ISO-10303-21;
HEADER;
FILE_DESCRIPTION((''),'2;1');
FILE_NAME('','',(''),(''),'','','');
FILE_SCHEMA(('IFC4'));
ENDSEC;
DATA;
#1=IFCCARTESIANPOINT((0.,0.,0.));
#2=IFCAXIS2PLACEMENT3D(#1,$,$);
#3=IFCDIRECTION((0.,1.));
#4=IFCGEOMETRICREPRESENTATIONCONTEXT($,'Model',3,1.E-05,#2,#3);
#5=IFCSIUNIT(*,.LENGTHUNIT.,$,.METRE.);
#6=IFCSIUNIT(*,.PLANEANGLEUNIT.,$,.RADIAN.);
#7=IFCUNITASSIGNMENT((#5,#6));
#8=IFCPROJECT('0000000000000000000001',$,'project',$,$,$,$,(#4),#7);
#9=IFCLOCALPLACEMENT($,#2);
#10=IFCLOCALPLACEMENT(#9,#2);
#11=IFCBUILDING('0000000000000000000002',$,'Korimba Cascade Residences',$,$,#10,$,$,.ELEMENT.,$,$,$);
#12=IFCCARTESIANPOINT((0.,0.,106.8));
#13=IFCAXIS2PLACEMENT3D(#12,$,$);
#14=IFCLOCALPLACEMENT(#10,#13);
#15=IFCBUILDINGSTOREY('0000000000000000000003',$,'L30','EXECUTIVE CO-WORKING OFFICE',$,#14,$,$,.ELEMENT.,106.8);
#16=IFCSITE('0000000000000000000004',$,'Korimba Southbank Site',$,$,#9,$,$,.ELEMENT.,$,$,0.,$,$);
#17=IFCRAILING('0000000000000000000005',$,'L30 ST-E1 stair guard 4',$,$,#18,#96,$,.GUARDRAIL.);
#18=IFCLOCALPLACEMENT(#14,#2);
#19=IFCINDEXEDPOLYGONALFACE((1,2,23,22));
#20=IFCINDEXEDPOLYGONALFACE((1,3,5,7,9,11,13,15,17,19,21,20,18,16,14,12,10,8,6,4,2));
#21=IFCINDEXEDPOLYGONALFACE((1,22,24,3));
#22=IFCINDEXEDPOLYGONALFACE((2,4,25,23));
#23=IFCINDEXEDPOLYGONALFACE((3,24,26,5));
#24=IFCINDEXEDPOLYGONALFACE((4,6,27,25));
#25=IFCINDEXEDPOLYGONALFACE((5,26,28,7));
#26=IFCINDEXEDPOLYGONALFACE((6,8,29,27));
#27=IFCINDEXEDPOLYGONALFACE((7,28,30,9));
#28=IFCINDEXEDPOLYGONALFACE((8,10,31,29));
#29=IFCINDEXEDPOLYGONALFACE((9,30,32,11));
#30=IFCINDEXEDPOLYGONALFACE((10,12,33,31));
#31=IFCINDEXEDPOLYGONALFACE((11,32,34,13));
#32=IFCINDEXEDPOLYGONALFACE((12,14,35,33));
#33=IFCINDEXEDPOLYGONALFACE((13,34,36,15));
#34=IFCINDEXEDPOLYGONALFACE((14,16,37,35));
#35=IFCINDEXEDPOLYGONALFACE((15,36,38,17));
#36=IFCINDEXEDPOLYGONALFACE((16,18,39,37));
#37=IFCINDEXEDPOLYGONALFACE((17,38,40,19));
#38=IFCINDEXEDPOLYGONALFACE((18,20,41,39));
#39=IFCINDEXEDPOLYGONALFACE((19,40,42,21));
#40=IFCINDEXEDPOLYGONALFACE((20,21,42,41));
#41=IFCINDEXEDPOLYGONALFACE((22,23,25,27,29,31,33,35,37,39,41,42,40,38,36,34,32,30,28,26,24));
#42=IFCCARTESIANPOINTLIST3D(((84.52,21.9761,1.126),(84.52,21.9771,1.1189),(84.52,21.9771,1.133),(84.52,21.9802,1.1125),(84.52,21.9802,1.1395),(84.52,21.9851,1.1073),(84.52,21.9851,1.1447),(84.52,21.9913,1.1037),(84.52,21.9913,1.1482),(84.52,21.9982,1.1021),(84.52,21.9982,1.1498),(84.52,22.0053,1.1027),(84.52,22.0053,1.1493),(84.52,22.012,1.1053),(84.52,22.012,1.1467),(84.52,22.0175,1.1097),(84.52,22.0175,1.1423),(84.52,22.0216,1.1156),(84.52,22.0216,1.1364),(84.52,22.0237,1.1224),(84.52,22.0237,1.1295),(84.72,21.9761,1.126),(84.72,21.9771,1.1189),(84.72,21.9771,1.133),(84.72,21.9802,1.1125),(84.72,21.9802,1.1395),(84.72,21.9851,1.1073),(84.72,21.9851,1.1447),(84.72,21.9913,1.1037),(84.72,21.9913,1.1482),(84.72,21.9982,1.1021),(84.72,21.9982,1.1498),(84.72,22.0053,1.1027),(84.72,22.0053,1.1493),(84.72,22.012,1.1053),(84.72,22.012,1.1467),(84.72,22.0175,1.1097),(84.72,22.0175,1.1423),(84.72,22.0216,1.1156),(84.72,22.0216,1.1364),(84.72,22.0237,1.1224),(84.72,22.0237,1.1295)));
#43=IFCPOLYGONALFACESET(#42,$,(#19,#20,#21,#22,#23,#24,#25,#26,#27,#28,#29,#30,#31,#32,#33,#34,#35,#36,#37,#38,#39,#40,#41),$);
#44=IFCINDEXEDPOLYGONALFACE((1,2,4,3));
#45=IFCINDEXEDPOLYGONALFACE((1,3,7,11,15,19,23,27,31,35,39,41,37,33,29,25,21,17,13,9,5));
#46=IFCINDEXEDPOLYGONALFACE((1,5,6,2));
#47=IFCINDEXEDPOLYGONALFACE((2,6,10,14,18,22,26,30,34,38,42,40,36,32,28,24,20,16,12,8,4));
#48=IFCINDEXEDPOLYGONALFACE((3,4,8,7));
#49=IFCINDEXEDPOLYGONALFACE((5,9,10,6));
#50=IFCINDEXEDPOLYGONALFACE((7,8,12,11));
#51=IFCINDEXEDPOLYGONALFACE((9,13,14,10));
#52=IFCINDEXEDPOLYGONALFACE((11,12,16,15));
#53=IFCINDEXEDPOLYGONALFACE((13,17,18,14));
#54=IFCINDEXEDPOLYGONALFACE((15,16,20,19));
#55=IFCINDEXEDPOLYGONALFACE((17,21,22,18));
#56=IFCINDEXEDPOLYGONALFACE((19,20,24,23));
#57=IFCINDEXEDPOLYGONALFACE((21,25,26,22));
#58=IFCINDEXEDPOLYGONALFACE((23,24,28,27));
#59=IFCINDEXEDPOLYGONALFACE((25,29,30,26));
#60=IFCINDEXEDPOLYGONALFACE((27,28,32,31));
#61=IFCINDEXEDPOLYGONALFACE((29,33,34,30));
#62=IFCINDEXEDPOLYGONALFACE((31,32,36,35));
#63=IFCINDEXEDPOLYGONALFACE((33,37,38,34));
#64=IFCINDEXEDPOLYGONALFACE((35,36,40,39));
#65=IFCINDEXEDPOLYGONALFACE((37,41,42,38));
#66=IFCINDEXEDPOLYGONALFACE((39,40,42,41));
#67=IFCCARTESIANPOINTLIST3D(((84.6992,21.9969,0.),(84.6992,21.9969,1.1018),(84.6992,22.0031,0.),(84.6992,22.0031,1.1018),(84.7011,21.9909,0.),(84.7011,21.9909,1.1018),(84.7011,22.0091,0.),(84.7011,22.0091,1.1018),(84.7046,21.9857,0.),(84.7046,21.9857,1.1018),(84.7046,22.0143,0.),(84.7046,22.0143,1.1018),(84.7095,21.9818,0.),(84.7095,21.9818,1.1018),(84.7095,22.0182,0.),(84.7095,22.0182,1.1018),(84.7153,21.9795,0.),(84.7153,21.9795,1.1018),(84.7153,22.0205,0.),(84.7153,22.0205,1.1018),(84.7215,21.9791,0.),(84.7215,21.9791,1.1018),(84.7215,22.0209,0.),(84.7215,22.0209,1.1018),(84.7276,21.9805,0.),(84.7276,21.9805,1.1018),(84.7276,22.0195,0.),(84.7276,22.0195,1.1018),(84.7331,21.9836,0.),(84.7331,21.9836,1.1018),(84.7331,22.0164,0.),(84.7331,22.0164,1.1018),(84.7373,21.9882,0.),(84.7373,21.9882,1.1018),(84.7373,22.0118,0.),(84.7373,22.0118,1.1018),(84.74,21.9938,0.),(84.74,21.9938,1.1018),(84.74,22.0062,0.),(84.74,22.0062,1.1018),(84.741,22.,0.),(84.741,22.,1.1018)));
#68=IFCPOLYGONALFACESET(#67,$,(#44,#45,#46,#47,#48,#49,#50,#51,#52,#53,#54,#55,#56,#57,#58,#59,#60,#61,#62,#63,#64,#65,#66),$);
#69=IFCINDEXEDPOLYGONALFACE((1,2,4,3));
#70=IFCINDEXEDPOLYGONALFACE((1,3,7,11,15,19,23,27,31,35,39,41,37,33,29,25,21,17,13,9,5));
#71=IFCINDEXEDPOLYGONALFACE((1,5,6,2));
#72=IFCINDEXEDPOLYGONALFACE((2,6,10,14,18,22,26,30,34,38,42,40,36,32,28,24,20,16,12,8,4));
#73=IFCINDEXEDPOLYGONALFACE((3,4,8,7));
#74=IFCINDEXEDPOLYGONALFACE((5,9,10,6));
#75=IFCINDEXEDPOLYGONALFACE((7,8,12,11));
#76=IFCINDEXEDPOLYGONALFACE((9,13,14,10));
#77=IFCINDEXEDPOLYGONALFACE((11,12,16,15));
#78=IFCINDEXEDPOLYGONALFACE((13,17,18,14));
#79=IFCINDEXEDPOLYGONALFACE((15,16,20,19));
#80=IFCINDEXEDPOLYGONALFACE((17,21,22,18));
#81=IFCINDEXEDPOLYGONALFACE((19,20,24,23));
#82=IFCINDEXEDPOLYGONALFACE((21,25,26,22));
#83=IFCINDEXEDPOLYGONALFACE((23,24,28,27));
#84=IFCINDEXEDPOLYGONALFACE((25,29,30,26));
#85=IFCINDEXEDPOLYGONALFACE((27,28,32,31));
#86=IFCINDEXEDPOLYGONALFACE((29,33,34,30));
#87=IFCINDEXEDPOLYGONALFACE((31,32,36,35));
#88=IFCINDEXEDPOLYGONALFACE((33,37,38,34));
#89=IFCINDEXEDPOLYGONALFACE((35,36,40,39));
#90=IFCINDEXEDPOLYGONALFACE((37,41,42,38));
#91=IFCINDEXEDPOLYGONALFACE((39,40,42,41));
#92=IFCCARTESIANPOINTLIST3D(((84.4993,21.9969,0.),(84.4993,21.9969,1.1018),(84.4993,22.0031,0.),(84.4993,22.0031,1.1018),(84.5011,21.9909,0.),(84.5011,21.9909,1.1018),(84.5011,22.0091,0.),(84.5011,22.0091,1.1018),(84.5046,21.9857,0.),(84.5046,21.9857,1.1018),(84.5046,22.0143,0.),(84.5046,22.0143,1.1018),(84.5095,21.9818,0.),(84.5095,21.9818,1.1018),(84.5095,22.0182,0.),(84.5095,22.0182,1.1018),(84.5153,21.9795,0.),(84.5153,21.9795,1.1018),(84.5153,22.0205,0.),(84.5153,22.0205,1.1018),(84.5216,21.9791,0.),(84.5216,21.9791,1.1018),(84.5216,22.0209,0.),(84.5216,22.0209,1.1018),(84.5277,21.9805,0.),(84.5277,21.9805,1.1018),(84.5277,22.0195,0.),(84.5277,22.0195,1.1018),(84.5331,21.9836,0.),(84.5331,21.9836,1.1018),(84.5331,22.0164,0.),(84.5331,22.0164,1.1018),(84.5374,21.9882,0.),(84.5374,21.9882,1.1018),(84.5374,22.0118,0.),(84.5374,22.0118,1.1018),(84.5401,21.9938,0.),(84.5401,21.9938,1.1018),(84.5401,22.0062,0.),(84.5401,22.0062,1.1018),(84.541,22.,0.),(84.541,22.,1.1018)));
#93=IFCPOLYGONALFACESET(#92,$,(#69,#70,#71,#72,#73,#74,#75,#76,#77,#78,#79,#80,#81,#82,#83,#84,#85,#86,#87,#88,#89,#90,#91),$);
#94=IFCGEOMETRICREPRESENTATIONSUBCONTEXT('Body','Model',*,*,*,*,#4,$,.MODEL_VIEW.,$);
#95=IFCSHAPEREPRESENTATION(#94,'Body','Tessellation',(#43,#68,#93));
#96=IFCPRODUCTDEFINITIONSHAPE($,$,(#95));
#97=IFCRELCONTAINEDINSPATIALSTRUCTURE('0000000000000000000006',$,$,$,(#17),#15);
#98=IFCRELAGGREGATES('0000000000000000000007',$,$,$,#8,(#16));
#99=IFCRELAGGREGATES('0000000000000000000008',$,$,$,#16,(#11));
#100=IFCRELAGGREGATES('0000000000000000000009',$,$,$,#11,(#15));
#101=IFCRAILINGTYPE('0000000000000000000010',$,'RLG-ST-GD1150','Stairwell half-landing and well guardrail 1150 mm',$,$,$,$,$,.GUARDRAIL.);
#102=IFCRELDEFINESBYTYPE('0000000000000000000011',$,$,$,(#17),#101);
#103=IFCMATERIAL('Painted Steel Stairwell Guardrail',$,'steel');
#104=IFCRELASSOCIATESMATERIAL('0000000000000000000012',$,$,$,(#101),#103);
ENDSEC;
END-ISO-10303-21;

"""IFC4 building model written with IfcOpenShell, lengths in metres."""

from ifc_helpers import new_model, si_unit, direction, frame, origin, origin_2d, place, context, subcontext, project, spatial, circle, extrude, material, type_object, element, save


model = new_model("IFC4")

# Units and contexts
model_context = context("Model", 3, precision=1e-05, world=origin(), true_north=direction((0.0, 1.0)))
body_context = subcontext(model_context, "Body", "Model", "MODEL_VIEW")
ifc_project = project(units=[si_unit("LENGTHUNIT", "METRE"), si_unit("PLANEANGLEUNIT", "RADIAN")], contexts=[model_context])

# Site, building, storey
site_placement = place(None, origin())
site = spatial("IfcSite", under=ifc_project, at=site_placement, Name="Korimba Southbank Site", CompositionType="ELEMENT", RefElevation=0.0)
building_placement = place(site_placement, origin())
building = spatial("IfcBuilding", under=site, at=building_placement, Name="Korimba Cascade Residences", CompositionType="ELEMENT")
storey_placement = place(building_placement, frame((0.0, 0.0, 106.8)))
storey = spatial("IfcBuildingStorey", under=building, at=storey_placement, Name="L30", Description="EXECUTIVE CO-WORKING OFFICE", CompositionType="ELEMENT", Elevation=106.8)

# Railing
ifc_material_1 = material(Name="Painted Steel Stairwell Guardrail", Category="steel")
railing_type_1 = type_object("IfcRailingType", Name="RLG-ST-GD1150", Description="Stairwell half-landing and well guardrail 1150 mm", PredefinedType="GUARDRAIL", material=ifc_material_1)
railing_1_placement = place(storey_placement, frame((84.72, 22.0, 0.0)))
element("IfcRailing", 1, at=railing_1_placement, inside=storey, type_object=railing_type_1, Name="L30 ST-E1 stair guard 4", PredefinedType="GUARDRAIL", context=body_context, shape_type="SweptSolid", body=[
    extrude(circle(Radius=0.0239, at=origin_2d()), frame((0.0, 0.0, 1.126), z_axis=(-1.0, 0.0, 0.0), x_axis=(0.0, -1.0, 0.0)), (0.0, 0.0, 1.0), 0.2),
    extrude(circle(Radius=0.021, at=origin_2d()), origin(), (0.0, 0.0, 1.0), 1.1018),
    extrude(circle(Radius=0.021, at=origin_2d()), frame((-0.2, 0.0, 0.0)), (0.0, 0.0, 1.0), 1.1018),
])

save(model, "model.ifc")
